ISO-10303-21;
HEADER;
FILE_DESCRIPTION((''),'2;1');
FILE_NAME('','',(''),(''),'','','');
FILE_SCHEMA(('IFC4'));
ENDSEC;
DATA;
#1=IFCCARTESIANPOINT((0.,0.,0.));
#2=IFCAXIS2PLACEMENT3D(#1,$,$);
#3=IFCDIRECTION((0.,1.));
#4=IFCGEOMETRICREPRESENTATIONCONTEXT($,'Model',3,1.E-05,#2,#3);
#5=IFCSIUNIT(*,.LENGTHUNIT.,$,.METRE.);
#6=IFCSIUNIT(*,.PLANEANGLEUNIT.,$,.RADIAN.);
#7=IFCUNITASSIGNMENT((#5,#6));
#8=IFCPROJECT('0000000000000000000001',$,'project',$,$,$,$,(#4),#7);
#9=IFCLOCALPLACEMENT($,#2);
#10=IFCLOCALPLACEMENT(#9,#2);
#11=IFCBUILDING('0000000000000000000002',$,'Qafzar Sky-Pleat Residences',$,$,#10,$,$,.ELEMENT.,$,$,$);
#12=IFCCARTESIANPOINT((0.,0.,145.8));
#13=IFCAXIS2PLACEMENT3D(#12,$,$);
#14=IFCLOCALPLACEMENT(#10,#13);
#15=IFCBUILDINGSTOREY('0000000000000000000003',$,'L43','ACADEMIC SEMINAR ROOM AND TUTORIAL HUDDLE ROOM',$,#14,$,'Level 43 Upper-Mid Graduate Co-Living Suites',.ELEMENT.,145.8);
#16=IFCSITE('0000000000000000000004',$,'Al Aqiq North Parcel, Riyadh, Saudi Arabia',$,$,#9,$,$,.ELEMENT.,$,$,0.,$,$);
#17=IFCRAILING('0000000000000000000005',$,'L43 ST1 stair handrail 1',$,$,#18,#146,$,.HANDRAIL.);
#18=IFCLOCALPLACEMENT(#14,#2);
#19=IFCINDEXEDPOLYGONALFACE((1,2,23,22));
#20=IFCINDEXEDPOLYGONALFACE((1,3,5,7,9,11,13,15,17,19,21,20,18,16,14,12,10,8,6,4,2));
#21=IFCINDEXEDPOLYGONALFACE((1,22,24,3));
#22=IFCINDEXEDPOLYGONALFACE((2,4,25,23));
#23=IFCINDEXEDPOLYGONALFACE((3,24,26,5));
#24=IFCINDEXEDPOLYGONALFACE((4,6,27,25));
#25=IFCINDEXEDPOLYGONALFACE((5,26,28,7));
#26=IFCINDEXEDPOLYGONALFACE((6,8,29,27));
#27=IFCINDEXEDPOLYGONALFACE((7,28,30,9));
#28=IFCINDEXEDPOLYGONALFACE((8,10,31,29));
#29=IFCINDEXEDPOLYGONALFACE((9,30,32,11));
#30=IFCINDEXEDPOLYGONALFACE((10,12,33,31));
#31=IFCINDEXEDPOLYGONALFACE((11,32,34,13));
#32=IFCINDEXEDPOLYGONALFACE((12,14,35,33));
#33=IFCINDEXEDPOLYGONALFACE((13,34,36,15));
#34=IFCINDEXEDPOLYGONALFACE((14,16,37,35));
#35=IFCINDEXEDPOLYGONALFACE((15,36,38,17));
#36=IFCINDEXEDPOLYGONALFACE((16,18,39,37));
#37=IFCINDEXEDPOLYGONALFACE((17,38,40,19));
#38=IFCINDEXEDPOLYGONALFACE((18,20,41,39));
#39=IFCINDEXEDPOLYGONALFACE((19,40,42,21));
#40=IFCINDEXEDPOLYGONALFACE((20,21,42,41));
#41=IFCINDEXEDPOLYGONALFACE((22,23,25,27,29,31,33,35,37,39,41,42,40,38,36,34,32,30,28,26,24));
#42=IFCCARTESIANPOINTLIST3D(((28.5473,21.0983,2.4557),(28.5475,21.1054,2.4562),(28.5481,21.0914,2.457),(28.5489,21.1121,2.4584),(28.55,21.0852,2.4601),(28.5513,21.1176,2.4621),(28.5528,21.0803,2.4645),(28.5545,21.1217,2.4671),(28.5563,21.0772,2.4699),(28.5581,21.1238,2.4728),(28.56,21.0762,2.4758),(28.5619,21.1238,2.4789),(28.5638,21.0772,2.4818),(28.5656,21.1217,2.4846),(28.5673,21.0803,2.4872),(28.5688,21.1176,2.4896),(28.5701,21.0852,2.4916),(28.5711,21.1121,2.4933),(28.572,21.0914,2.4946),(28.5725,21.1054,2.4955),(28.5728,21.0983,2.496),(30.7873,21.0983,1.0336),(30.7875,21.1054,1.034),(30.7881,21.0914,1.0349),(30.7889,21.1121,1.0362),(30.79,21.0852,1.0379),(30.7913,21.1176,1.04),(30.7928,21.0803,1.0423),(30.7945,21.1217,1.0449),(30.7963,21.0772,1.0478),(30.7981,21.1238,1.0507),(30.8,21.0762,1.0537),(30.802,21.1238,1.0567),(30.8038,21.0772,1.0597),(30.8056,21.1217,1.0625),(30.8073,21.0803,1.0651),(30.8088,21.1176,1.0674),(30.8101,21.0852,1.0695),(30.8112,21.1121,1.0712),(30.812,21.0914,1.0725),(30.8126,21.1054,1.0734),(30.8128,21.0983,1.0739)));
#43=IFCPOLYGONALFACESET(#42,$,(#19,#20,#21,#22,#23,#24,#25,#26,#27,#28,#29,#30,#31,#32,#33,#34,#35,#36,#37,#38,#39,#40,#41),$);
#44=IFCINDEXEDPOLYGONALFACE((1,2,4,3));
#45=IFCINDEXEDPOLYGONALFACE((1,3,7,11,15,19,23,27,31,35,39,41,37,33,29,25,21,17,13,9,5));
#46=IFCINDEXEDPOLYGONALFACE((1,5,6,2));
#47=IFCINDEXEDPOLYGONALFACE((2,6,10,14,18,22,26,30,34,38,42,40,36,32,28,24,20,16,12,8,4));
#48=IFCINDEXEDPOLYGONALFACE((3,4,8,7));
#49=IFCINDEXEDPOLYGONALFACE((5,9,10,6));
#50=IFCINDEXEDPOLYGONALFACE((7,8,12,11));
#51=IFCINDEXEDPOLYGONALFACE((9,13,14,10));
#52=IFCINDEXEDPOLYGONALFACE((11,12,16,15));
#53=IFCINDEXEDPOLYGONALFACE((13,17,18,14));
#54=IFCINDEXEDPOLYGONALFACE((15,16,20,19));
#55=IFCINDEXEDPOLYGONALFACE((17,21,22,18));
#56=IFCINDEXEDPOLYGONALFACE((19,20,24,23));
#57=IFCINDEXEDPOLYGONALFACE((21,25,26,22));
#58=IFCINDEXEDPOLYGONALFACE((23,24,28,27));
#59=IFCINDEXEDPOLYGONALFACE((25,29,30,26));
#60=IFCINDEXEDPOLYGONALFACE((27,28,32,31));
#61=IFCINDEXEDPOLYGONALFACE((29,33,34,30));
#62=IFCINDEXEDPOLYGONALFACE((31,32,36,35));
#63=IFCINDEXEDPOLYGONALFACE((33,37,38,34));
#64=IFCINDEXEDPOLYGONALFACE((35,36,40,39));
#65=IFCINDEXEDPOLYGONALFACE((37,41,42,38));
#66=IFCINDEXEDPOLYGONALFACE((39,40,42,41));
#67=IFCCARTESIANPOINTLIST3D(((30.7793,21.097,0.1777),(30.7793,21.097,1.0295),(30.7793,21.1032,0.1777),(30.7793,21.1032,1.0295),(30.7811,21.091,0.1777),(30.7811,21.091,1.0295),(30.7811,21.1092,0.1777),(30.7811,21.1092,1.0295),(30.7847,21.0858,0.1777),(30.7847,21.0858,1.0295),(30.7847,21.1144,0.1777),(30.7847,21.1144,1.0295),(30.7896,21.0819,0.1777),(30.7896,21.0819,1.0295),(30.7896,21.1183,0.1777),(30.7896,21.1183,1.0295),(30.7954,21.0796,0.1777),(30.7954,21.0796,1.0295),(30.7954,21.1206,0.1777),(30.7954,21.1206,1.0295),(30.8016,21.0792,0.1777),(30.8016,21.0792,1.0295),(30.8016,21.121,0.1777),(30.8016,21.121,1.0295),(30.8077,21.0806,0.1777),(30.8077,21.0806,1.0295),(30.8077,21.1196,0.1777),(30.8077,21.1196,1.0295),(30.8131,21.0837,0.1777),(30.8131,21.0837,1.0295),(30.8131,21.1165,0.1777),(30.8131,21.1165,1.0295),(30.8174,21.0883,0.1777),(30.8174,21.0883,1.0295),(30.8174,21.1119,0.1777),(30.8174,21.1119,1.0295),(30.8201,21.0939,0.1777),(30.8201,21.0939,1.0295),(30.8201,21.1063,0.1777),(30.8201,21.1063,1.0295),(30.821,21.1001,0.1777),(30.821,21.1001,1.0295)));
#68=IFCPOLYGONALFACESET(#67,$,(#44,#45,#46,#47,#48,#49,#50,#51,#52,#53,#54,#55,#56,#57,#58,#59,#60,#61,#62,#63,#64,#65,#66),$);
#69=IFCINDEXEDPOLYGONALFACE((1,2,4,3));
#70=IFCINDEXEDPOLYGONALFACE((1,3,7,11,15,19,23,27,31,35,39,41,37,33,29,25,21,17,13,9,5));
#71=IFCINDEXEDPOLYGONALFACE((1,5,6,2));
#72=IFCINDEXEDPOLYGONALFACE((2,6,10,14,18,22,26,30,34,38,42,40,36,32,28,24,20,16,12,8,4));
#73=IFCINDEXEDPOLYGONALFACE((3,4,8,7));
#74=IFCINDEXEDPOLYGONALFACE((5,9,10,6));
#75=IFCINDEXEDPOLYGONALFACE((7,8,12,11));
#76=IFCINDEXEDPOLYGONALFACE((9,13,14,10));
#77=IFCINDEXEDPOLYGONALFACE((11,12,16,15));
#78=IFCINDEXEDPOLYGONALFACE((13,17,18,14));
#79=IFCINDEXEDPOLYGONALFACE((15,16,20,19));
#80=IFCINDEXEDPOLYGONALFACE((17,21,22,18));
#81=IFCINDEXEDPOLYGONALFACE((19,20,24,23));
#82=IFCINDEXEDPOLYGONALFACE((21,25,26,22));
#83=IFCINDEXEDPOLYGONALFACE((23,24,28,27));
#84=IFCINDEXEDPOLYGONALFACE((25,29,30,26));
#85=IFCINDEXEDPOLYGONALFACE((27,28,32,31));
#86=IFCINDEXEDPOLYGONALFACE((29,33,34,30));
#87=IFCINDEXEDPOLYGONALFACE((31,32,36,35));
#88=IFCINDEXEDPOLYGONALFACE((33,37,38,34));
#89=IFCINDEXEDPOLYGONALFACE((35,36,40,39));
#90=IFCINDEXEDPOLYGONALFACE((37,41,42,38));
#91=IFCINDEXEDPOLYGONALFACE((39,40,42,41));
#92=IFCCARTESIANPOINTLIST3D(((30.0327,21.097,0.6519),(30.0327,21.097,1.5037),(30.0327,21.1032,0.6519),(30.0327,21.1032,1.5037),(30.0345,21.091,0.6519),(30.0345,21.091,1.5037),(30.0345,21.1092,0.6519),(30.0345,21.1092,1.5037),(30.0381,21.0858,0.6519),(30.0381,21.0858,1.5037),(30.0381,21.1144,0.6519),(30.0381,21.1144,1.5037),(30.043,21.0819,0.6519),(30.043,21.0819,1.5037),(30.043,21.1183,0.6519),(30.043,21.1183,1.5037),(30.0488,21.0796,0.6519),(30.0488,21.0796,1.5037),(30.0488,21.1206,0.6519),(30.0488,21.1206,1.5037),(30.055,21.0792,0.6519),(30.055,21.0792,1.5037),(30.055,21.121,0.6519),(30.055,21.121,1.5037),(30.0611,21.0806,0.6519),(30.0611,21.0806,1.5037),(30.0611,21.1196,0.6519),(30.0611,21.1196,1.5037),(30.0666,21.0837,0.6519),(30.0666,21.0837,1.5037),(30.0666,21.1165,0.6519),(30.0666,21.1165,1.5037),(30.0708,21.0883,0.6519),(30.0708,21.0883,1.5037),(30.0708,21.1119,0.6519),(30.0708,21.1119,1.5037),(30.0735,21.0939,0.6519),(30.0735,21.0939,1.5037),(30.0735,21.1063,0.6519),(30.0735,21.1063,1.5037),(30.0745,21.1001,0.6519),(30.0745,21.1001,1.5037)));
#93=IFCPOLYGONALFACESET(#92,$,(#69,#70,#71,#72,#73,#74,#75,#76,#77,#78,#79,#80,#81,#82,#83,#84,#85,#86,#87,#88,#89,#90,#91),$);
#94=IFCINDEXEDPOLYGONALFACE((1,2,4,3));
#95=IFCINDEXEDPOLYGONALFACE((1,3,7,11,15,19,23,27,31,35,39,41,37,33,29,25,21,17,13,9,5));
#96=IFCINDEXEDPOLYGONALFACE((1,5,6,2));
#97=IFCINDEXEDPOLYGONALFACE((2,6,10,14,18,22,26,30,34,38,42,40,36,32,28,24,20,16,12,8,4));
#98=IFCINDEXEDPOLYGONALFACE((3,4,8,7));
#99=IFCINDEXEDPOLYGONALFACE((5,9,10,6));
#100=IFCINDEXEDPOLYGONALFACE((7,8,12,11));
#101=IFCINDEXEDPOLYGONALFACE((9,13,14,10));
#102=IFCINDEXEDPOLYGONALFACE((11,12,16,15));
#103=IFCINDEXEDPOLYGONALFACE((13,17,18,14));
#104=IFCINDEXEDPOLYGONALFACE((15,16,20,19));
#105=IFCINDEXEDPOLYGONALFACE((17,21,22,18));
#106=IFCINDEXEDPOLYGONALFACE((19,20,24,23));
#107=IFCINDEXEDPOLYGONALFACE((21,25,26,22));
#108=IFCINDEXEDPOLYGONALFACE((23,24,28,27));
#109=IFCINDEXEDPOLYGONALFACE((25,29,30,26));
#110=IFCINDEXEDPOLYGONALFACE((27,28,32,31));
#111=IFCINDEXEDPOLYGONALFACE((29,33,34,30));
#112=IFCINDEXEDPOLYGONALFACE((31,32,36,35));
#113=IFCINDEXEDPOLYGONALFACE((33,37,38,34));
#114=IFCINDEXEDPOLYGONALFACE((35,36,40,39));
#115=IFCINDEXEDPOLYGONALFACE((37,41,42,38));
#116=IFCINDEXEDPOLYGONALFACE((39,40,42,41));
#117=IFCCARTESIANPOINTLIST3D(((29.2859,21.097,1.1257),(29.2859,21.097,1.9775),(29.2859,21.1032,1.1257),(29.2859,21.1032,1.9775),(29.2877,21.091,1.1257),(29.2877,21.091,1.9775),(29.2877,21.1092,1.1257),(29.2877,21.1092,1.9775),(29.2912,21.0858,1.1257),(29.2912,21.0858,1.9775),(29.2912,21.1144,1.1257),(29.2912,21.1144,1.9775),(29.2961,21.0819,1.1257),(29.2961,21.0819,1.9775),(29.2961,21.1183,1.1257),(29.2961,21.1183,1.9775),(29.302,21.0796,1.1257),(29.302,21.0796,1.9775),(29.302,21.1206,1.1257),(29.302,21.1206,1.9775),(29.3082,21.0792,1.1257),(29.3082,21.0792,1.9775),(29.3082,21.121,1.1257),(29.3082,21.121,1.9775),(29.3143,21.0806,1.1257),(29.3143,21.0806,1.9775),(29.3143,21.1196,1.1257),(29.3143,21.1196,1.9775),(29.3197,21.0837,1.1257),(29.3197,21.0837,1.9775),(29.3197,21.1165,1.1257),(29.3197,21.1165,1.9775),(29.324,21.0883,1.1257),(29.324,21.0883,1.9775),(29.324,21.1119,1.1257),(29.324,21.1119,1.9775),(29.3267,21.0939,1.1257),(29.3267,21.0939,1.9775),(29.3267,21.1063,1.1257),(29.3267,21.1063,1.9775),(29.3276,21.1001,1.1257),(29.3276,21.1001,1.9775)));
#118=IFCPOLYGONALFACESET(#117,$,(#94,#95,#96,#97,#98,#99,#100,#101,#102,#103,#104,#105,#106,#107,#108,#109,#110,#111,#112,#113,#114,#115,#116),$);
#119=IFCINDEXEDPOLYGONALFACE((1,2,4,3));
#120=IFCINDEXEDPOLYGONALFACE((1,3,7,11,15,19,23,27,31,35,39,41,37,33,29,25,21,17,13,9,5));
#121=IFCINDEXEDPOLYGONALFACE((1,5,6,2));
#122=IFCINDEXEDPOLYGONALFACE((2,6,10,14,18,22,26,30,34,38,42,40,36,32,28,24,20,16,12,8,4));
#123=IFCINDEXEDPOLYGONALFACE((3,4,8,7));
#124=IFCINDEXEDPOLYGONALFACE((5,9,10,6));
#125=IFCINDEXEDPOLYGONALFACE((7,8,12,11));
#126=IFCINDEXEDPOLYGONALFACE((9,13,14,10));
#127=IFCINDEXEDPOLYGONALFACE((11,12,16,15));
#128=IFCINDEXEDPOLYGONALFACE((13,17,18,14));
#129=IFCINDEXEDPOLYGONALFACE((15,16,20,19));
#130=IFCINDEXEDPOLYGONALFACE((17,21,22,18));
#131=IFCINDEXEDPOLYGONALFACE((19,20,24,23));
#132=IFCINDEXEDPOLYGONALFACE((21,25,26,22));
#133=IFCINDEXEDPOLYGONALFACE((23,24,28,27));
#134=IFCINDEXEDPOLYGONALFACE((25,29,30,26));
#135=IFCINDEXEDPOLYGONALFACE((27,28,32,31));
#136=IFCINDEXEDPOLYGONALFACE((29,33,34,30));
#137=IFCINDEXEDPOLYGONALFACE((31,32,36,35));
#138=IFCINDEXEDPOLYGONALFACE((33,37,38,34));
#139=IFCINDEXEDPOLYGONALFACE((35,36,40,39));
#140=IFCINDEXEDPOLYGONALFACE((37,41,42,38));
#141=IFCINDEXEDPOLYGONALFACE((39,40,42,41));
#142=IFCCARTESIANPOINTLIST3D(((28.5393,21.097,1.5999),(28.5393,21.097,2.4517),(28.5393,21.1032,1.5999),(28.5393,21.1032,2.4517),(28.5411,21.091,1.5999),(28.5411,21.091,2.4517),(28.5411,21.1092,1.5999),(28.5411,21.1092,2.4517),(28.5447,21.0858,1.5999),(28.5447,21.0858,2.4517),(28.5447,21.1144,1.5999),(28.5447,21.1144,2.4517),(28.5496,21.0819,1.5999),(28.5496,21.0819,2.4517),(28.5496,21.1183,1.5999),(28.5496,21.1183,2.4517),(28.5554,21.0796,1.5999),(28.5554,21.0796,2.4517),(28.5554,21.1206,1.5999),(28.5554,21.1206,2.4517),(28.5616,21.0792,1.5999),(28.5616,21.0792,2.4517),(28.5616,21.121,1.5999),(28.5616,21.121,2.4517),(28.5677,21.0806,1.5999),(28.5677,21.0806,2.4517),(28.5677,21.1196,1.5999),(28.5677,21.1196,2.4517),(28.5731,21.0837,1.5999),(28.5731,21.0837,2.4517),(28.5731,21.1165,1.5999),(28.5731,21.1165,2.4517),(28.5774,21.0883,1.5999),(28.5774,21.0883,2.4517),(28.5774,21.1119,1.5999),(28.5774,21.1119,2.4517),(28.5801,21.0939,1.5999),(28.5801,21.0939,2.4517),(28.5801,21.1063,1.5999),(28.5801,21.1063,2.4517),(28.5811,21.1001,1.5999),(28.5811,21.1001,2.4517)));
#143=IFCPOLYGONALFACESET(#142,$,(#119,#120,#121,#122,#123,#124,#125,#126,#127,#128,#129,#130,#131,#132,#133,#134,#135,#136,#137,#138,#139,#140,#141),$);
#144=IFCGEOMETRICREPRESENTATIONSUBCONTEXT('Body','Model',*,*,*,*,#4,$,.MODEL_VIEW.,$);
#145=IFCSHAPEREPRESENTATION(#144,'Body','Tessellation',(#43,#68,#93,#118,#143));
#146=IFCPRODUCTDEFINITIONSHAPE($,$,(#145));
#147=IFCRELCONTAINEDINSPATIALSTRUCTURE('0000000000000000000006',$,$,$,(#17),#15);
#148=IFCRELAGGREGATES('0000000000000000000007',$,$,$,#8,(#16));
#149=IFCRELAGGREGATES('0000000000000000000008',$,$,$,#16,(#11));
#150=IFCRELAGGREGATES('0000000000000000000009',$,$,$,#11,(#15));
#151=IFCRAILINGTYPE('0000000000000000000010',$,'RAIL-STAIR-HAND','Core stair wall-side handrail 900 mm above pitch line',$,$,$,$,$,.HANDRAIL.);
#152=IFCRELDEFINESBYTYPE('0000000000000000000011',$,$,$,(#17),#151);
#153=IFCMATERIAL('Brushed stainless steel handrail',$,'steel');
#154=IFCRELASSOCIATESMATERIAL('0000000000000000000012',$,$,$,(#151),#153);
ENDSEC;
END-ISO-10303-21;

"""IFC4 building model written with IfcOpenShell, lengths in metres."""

from ifc_helpers import new_model, si_unit, direction, frame, origin, origin_2d, place, context, subcontext, project, spatial, circle, extrude, source, transform, mapped, material, type_object, element, save


model = new_model("IFC4")

# Units and contexts
model_context = context("Model", 3, precision=1e-05, world=origin(), true_north=direction((0.0, 1.0)))
body_context = subcontext(model_context, "Body", "Model", "MODEL_VIEW")
ifc_project = project(units=[si_unit("LENGTHUNIT", "METRE"), si_unit("PLANEANGLEUNIT", "RADIAN")], contexts=[model_context])

# Site, building, storey
site_placement = place(None, origin())
site = spatial("IfcSite", under=ifc_project, at=site_placement, Name="Al Aqiq North Parcel, Riyadh, Saudi Arabia", CompositionType="ELEMENT", RefElevation=0.0)
building_placement = place(site_placement, origin())
building = spatial("IfcBuilding", under=site, at=building_placement, Name="Qafzar Sky-Pleat Residences", CompositionType="ELEMENT")
storey_placement = place(building_placement, frame((0.0, 0.0, 145.8)))
storey = spatial("IfcBuildingStorey", under=building, at=storey_placement, Name="L43", Description="ACADEMIC SEMINAR ROOM AND TUTORIAL HUDDLE ROOM", LongName="Level 43 Upper-Mid Graduate Co-Living Suites", CompositionType="ELEMENT", Elevation=145.8)

# Railing
ifc_material_1 = material(Name="Brushed stainless steel handrail", Category="steel")
railing_type_1 = type_object("IfcRailingType", Name="RAIL-STAIR-HAND", Description="Core stair wall-side handrail 900 mm above pitch line", PredefinedType="HANDRAIL", material=ifc_material_1)
shared_shape_1 = source(origin(), body_context, "Body", "SweptSolid", [
    extrude(circle(Radius=0.0239, at=origin_2d()), frame((0.0, 0.0, 0.876), z_axis=(-0.844229, 0.0, 0.535982), x_axis=(0.0, -1.0, 0.0)), (0.0, 0.0, 1.0), 2.6533),
    extrude(circle(Radius=0.021, at=origin_2d()), origin(), (0.0, 0.0, 1.0), 0.8518),
    extrude(circle(Radius=0.021, at=origin_2d()), frame((-0.7466, 0.0, 0.4741)), (0.0, 0.0, 1.0), 0.8518),
    extrude(circle(Radius=0.021, at=origin_2d()), frame((-1.4934, 0.0, 0.948)), (0.0, 0.0, 1.0), 0.8518),
    extrude(circle(Radius=0.021, at=origin_2d()), frame((-2.24, 0.0, 1.4221)), (0.0, 0.0, 1.0), 0.8518),
])
railing_1_placement = place(storey_placement, frame((30.8, 21.1001, 0.1777)))
element("IfcRailing", 1, at=railing_1_placement, inside=storey, type_object=railing_type_1, Name="L43 ST1 stair handrail 1", PredefinedType="HANDRAIL", context=body_context, shape_type="MappedRepresentation", body=[
    mapped(shared_shape_1, transform((0.0, 0.0, 0.0), x_axis=(1.0, 0.0, 0.0), y_axis=(0.0, 1.0, 0.0), z_axis=(0.0, 0.0, 1.0), scale=1.0)),
])

save(model, "model.ifc")
